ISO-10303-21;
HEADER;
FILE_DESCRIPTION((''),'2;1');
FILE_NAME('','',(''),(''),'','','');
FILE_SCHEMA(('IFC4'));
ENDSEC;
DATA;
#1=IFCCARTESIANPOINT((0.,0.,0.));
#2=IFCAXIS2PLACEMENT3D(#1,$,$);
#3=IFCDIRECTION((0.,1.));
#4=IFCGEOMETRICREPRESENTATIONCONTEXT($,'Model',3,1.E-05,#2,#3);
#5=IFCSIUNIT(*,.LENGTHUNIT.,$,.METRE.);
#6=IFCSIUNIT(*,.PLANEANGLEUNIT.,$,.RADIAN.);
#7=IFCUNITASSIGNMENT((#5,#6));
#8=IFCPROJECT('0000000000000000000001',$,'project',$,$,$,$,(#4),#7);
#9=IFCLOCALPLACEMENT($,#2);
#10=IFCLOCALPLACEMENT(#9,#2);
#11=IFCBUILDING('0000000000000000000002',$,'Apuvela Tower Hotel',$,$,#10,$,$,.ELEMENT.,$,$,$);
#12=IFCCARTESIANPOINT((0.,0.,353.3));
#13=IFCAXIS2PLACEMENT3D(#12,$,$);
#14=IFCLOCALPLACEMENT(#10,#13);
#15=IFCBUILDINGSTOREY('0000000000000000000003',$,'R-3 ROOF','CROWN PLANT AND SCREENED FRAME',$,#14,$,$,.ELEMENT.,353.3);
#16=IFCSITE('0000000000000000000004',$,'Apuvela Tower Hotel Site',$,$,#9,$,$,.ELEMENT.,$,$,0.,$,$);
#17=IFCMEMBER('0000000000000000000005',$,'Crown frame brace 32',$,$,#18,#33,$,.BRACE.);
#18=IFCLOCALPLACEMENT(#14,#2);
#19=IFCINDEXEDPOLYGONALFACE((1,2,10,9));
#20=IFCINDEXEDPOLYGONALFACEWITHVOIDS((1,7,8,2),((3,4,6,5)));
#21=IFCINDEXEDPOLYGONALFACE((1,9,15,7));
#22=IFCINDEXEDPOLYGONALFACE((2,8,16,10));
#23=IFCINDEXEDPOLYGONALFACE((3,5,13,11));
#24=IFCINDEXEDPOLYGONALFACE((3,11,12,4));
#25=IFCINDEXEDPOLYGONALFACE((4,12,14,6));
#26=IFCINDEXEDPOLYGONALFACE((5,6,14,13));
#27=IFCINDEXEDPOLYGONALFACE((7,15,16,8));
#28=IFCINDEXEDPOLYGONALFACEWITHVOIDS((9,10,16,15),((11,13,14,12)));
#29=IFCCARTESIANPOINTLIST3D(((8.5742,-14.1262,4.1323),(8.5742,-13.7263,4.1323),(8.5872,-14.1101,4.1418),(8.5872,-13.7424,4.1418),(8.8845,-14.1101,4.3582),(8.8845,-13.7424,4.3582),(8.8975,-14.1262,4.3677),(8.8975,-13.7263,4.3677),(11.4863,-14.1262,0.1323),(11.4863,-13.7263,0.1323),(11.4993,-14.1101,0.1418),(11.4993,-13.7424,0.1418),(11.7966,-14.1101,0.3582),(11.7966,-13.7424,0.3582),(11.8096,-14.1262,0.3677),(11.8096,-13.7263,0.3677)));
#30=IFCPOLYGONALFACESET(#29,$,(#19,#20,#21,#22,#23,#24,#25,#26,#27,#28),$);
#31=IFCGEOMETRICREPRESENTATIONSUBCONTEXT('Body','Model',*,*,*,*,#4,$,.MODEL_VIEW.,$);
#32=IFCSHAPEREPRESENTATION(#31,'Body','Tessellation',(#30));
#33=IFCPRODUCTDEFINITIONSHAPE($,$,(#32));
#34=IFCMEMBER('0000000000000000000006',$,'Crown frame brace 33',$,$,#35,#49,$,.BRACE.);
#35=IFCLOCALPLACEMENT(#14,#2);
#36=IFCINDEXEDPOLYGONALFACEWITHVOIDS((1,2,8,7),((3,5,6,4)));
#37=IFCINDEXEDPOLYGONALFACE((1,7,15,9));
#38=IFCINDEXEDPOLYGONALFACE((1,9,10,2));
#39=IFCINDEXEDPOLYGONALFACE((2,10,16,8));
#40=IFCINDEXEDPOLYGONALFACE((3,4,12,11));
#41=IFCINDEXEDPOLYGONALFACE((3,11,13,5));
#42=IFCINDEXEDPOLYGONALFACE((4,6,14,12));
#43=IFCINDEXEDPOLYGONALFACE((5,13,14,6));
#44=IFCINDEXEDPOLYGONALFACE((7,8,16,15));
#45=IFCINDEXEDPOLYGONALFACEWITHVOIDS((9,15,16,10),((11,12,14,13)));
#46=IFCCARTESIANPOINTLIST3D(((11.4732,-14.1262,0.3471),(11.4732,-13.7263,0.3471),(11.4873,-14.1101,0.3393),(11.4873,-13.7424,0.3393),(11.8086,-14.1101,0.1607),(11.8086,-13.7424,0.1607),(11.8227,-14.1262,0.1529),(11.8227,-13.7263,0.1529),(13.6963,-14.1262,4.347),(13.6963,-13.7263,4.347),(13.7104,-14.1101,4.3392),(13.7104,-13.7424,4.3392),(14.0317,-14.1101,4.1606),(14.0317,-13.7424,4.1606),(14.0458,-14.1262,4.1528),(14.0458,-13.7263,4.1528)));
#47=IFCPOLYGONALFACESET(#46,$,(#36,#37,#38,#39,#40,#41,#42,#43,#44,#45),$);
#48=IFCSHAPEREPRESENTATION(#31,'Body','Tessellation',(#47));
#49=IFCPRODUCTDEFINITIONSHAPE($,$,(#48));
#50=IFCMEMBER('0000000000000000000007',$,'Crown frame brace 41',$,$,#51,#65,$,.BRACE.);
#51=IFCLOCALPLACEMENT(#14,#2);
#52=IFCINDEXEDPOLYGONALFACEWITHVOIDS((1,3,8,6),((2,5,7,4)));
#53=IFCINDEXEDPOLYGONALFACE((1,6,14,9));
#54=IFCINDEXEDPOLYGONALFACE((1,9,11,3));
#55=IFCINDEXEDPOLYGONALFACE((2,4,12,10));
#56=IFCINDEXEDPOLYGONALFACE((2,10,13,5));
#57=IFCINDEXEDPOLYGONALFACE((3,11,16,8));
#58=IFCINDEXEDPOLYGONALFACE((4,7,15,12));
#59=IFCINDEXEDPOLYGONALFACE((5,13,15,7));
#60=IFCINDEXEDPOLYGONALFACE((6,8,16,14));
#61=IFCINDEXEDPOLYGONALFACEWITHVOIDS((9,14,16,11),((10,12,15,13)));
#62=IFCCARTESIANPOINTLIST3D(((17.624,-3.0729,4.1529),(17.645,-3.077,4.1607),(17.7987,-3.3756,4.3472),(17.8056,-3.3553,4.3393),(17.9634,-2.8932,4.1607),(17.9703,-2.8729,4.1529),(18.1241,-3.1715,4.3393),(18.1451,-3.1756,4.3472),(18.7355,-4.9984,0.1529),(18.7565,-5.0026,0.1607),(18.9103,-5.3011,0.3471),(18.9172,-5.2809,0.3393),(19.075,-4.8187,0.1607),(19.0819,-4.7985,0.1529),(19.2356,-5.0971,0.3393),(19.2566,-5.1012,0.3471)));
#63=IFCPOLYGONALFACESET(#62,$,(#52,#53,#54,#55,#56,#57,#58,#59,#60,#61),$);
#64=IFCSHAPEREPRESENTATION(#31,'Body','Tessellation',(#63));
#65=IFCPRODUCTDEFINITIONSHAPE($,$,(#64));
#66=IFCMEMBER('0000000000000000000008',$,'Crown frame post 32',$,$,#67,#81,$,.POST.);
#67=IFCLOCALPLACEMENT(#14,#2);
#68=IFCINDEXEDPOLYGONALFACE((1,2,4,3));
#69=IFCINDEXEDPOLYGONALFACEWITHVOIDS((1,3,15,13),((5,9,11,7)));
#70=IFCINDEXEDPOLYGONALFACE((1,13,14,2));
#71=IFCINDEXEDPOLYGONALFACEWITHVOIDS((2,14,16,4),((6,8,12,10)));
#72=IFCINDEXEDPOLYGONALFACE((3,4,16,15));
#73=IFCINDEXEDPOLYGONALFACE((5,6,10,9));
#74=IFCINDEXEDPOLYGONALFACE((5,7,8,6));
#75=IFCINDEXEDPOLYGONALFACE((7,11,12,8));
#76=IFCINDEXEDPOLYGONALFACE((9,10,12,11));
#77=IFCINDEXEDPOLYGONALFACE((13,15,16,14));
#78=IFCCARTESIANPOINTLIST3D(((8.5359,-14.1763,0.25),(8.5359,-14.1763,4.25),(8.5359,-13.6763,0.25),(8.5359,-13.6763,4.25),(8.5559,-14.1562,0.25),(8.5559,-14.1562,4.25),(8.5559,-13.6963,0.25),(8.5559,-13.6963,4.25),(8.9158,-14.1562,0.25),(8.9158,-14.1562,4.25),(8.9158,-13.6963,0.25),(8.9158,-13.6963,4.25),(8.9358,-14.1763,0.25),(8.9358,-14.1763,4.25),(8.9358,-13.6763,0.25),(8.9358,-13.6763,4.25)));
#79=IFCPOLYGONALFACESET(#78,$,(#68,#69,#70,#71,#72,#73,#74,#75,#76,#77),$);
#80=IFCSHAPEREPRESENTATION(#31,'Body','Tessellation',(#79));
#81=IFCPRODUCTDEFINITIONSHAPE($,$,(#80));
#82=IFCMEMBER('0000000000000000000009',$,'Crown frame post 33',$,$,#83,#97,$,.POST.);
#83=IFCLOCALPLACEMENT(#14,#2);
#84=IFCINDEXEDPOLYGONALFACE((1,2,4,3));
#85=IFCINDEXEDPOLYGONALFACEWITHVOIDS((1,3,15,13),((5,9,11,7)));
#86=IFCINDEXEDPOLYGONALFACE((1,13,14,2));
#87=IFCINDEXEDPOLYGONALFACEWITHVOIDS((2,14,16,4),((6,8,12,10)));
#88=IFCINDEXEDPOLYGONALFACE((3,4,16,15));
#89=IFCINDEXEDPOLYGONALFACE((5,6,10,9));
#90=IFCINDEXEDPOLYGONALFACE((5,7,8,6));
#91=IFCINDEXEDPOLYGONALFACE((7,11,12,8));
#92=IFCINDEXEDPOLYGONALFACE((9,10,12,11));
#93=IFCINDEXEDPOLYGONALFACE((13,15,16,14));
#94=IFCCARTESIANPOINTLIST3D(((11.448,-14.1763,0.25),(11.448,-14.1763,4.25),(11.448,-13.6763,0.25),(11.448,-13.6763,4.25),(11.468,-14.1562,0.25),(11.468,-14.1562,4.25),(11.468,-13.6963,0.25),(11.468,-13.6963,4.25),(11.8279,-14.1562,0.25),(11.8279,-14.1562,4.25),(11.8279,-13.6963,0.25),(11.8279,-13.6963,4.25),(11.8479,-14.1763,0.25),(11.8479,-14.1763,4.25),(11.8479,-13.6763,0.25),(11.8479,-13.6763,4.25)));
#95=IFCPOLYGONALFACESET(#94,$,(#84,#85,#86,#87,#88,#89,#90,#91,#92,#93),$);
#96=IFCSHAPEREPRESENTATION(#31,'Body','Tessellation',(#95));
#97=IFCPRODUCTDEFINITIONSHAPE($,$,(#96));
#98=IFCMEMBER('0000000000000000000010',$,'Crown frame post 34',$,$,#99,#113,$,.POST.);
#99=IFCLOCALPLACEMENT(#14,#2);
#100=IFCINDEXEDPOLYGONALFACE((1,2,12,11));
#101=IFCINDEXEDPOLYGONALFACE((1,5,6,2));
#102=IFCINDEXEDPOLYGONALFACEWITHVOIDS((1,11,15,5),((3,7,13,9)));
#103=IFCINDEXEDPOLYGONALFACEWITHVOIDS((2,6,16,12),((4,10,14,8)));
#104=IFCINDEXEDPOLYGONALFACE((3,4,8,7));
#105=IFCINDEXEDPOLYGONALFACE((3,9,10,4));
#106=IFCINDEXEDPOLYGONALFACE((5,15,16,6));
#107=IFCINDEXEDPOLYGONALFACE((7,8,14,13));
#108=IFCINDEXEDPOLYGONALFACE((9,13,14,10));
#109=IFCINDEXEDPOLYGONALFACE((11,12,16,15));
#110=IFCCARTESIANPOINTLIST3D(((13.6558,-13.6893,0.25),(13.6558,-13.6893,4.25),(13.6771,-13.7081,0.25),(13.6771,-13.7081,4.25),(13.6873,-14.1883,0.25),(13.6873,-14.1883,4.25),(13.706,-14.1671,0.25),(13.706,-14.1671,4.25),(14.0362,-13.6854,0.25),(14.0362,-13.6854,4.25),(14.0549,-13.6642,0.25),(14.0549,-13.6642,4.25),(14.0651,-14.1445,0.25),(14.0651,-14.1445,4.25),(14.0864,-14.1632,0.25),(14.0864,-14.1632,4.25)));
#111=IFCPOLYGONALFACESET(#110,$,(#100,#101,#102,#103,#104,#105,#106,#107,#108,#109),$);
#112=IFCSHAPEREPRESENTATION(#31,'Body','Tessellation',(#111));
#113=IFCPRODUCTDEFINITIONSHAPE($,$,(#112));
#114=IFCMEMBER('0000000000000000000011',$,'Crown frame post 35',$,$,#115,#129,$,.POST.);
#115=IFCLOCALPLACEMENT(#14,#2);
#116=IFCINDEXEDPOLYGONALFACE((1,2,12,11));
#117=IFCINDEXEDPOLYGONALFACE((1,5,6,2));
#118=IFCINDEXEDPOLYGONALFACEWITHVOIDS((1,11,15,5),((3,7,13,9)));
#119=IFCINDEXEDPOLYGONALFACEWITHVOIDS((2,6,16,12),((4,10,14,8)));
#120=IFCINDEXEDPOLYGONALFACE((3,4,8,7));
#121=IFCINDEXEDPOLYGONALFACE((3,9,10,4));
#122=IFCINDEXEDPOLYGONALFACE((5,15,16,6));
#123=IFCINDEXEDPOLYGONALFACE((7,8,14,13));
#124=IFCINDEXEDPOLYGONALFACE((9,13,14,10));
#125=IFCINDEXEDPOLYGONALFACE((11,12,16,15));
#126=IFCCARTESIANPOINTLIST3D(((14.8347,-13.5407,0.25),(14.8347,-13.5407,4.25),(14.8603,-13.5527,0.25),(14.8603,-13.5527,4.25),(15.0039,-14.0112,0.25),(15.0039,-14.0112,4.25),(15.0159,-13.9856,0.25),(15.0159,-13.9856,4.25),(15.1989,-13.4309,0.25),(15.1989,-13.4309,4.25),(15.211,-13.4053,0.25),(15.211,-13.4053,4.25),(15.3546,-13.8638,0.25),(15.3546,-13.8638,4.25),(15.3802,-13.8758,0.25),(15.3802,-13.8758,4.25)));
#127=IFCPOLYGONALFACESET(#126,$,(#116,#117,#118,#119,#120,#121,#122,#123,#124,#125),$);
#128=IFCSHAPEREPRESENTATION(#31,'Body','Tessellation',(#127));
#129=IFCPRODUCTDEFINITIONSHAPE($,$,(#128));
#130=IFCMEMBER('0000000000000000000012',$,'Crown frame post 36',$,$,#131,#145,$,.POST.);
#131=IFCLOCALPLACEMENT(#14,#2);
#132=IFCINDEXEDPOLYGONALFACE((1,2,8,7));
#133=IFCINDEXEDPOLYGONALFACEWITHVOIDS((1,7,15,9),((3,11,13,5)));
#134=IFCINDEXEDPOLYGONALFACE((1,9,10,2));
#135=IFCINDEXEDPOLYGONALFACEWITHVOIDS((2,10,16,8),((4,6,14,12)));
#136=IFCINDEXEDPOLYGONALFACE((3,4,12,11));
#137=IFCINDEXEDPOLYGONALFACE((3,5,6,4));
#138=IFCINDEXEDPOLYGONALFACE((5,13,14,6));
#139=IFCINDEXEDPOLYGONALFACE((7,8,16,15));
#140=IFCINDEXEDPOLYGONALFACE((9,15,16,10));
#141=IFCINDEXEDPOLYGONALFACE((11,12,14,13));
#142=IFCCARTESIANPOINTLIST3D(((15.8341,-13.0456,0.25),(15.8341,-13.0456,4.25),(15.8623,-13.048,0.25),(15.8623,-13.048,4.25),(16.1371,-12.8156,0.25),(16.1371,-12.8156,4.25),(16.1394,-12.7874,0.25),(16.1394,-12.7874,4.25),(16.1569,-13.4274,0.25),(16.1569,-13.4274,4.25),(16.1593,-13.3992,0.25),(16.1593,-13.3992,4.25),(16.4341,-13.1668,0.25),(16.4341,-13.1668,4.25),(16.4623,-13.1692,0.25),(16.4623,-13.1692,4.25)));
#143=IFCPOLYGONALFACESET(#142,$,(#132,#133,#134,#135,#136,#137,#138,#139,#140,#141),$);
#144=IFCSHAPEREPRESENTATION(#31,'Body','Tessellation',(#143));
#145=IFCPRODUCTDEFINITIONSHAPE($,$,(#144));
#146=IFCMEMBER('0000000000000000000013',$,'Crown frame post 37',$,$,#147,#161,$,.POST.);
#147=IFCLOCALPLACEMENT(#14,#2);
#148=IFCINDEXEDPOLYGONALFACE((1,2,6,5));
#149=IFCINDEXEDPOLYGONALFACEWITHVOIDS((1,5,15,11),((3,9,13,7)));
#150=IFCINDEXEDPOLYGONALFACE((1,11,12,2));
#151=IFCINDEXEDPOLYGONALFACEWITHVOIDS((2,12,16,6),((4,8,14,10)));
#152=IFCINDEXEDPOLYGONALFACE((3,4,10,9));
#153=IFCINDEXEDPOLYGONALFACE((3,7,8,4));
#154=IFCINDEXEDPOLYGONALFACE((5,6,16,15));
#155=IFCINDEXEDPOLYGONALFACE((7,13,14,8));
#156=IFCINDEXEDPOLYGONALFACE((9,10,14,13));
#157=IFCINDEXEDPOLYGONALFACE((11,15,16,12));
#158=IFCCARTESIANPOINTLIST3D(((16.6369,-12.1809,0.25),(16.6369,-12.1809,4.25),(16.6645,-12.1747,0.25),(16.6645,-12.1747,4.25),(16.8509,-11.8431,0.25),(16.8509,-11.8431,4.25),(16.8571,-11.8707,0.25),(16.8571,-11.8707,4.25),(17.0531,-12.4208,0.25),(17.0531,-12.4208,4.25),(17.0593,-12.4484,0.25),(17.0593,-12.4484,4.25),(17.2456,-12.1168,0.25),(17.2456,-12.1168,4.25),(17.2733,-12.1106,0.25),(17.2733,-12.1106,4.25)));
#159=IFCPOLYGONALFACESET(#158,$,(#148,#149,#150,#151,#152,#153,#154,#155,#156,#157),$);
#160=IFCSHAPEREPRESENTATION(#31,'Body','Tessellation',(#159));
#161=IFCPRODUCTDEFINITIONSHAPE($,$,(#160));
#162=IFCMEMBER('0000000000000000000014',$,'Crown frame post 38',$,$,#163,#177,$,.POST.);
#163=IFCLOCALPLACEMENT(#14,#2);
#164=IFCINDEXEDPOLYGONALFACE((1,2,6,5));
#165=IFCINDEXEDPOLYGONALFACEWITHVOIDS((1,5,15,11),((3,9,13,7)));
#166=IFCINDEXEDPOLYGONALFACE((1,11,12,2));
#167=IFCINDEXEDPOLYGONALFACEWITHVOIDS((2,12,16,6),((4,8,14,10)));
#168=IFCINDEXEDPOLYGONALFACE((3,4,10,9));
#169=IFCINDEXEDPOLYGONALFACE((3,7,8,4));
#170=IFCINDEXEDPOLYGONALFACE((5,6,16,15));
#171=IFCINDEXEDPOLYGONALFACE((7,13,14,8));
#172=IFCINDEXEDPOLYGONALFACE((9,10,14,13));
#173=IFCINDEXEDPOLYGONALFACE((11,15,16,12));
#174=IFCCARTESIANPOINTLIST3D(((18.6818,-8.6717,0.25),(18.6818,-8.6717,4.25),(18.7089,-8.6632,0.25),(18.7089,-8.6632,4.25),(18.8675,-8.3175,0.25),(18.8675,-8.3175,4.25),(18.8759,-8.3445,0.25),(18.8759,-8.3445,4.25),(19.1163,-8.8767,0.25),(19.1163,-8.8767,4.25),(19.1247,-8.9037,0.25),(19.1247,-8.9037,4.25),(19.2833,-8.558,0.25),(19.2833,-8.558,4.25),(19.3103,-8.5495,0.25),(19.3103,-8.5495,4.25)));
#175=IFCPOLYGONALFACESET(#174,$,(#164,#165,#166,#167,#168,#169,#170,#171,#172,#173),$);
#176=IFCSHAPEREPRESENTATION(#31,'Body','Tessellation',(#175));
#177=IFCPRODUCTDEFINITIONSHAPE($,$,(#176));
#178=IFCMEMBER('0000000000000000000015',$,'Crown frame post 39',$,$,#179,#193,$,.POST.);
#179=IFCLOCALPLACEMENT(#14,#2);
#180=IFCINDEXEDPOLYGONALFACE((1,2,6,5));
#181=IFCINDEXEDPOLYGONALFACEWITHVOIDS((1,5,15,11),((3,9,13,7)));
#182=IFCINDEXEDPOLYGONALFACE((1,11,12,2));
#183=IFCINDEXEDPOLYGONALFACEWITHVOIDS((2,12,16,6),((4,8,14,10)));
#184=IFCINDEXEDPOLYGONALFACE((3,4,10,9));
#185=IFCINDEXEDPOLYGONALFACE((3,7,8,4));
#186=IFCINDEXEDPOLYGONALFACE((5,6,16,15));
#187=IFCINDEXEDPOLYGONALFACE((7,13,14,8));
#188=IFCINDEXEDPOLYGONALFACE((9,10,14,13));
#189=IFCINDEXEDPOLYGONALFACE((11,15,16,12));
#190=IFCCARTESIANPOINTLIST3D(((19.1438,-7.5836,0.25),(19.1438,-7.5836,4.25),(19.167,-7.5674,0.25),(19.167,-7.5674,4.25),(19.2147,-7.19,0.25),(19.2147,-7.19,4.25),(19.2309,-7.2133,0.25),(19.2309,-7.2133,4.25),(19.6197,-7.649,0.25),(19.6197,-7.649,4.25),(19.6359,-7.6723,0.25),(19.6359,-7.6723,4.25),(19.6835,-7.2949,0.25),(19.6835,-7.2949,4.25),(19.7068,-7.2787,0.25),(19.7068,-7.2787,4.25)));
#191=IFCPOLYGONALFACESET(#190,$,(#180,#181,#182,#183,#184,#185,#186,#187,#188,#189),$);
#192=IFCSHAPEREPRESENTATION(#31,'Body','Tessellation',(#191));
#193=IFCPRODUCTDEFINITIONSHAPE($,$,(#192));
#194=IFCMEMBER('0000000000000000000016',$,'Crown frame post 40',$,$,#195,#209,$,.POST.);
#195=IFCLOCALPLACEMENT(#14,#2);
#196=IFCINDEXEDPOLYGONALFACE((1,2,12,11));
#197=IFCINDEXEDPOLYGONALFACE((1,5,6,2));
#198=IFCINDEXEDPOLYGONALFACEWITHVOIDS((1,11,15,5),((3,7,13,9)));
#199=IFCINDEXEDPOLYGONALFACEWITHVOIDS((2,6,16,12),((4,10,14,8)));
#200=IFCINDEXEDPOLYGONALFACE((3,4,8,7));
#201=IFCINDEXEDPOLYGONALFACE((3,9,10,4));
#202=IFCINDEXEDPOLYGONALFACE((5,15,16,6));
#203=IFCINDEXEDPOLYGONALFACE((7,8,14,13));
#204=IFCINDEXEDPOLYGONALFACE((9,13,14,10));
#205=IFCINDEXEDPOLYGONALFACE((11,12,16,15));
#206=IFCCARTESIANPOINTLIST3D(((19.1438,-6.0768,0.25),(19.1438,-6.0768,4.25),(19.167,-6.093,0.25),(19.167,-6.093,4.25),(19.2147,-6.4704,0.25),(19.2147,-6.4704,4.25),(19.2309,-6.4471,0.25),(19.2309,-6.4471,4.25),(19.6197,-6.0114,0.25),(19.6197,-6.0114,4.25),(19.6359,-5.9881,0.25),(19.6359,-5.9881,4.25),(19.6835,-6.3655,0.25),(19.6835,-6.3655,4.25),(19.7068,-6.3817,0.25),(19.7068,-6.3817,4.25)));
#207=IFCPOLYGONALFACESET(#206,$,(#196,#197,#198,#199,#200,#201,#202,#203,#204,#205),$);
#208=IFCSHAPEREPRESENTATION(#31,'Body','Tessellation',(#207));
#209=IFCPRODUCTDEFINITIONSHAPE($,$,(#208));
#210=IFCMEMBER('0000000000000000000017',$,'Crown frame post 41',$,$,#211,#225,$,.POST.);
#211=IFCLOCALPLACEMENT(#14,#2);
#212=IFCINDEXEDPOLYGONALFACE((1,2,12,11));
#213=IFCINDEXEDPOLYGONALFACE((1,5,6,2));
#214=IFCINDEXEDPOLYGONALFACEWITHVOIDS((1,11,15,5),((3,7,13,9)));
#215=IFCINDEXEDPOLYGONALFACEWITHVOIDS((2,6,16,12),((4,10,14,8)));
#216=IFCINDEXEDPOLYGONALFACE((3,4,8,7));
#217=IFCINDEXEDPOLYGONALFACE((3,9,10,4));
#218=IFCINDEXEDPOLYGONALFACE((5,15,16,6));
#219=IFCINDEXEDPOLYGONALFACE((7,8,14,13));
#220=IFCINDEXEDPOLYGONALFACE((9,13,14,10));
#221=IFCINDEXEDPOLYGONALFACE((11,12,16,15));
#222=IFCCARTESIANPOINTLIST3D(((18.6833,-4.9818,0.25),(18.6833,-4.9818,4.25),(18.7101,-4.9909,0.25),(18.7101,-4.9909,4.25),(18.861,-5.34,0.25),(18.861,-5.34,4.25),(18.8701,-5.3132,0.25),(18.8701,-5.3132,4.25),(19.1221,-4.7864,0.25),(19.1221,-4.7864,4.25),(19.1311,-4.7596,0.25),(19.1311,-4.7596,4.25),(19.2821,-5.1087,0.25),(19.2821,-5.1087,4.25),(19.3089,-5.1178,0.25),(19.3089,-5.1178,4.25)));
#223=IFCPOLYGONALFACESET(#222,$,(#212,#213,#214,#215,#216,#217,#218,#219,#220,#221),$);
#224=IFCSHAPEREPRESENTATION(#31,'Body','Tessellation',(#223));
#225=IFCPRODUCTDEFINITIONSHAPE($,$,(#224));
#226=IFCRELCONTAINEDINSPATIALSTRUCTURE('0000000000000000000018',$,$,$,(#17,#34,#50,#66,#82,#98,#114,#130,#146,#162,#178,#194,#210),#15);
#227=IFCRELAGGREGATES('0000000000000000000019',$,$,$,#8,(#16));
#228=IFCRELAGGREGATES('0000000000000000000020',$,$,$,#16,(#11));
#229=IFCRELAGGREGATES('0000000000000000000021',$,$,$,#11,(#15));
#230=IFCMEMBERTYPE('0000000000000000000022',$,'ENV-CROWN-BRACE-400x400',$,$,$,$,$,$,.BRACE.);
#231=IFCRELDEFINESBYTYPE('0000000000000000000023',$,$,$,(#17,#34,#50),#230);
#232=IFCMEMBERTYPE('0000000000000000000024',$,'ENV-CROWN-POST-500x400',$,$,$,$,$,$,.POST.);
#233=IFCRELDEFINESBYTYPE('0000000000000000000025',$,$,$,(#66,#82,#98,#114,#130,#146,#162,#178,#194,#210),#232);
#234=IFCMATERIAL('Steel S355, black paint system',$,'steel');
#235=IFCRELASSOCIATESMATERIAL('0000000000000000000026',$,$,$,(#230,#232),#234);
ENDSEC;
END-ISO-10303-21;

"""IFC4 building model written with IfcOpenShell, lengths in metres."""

from ifc_helpers import new_model, si_unit, direction, frame, origin, origin_2d, place, context, subcontext, project, spatial, hollow_rectangle, extrude, material, material_profile, profile_set, type_object, element, save


model = new_model("IFC4")

# Units and contexts
model_context = context("Model", 3, precision=1e-05, world=origin(), true_north=direction((0.0, 1.0)))
body_context = subcontext(model_context, "Body", "Model", "MODEL_VIEW")
ifc_project = project(units=[si_unit("LENGTHUNIT", "METRE"), si_unit("PLANEANGLEUNIT", "RADIAN")], contexts=[model_context])

# Site, building, storey
site_placement = place(None, origin())
site = spatial("IfcSite", under=ifc_project, at=site_placement, Name="Apuvela Tower Hotel Site", CompositionType="ELEMENT", RefElevation=0.0)
building_placement = place(site_placement, origin())
building = spatial("IfcBuilding", under=site, at=building_placement, Name="Apuvela Tower Hotel", CompositionType="ELEMENT")
storey_placement = place(building_placement, frame((0.0, 0.0, 353.3)))
storey = spatial("IfcBuildingStorey", under=building, at=storey_placement, Name="R-3 ROOF", Description="CROWN PLANT AND SCREENED FRAME", CompositionType="ELEMENT", Elevation=353.3)

# Members
ifc_material_1 = material(Name="Steel S355, black paint system", Category="steel")
ifc_material_profile_1 = material_profile(ifc_material_1, hollow_rectangle(XDim=0.3999, YDim=0.3999, WallThickness=0.0161, at=origin_2d()), Name="HSS 400x400x16")
ifc_profile_set_1 = profile_set([ifc_material_profile_1], Name="Steel S355, black paint system")
member_type_1 = type_object("IfcMemberType", Name="ENV-CROWN-BRACE-400x400", PredefinedType="BRACE", material=ifc_profile_set_1)
member_1_placement = place(storey_placement, frame((11.6479, -13.9263, 0.25), z_axis=(-0.588571, 0.0, 0.808446), x_axis=(0.0, -1.0, 0.0)))
element("IfcMember", 1, at=member_1_placement, inside=storey, type_object=member_type_1, Name="Crown frame brace 32", PredefinedType="BRACE", context=body_context, shape_type="SweptSolid", body=[
    extrude(hollow_rectangle(XDim=0.3999, YDim=0.3999, WallThickness=0.0161, at=origin_2d()), origin(), (0.0, 0.0, 1.0), 4.9478),
])
member_2_placement = place(storey_placement, frame((11.6479, -13.9263, 0.25), z_axis=(0.485797, 0.0, 0.874072), x_axis=(0.0, 1.0, 0.0)))
element("IfcMember", 2, at=member_2_placement, inside=storey, type_object=member_type_1, Name="Crown frame brace 33", PredefinedType="BRACE", context=body_context, shape_type="SweptSolid", body=[
    extrude(hollow_rectangle(XDim=0.3999, YDim=0.3999, WallThickness=0.0161, at=origin_2d()), origin(), (0.0, 0.0, 1.0), 4.5762),
])
member_3_placement = place(storey_placement, frame((18.9961, -5.0498, 0.25), z_axis=(-0.242893, 0.420755, 0.874053), x_axis=(-0.866052, -0.499954, 0.0)))
element("IfcMember", 3, at=member_3_placement, inside=storey, type_object=member_type_1, Name="Crown frame brace 41", PredefinedType="BRACE", context=body_context, shape_type="SweptSolid", body=[
    extrude(hollow_rectangle(XDim=0.3999, YDim=0.3999, WallThickness=0.0161, at=origin_2d()), origin(), (0.0, 0.0, 1.0), 4.5764),
])
ifc_material_profile_2 = material_profile(ifc_material_1, hollow_rectangle(XDim=0.3999, YDim=0.5, WallThickness=0.02, at=origin_2d()), Name="HSS 500x400x20")
ifc_profile_set_2 = profile_set([ifc_material_profile_2], Name="Steel S355, black paint system")
member_type_2 = type_object("IfcMemberType", Name="ENV-CROWN-POST-500x400", PredefinedType="POST", material=ifc_profile_set_2)
for number, where, z_axis, x_axis, name in (
    (4, (8.7358, -13.9263, 0.25), (0.0, 0.0, 1.0), (1.0, 0.0, 0.0), "Crown frame post 32"),
    (5, (11.6479, -13.9263, 0.25), (0.0, 0.0, 1.0), (1.0, 0.0, 0.0), "Crown frame post 33"),
    (6, (13.8711, -13.9263, 0.25), (0.0, 0.0, 1.0), (0.998021, 0.062881, 0.0), "Crown frame post 34"),
    (7, (15.1074, -13.7083, 0.25), (0.0, 0.0, 1.0), (0.940994, 0.338423, 0.0), "Crown frame post 35"),
    (8, (16.1482, -13.1074, 0.25), (0.0, 0.0, 1.0), (0.76358, 0.645714, 0.0), "Crown frame post 36"),
    (9, (16.9551, -12.1458, 0.25), (0.0, 0.0, 1.0), (0.535046, 0.844823, 0.0), "Crown frame post 37"),
    (10, (18.9961, -8.6106, 0.25), (0.0, 0.0, 1.0), (0.464116, 0.885775, 0.0), "Crown frame post 38"),
    (11, (19.4253, -7.4312, 0.25), (0.0, 0.0, 1.0), (0.177415, 0.984136, 0.0), "Crown frame post 39"),
    (12, (19.4253, -6.2292, 0.25), (0.0, 0.0, 1.0), (-0.177415, 0.984136, 0.0), "Crown frame post 40"),
    (13, (18.9961, -5.0498, 0.25), (0.0, 0.0, 1.0), (-0.444554, 0.895752, 0.0), "Crown frame post 41"),
):
    element("IfcMember", number, at=place(storey_placement, frame(where, z_axis=z_axis, x_axis=x_axis)), inside=storey, type_object=member_type_2, Name=name, PredefinedType="POST", context=body_context, shape_type="SweptSolid", body=[
        extrude(hollow_rectangle(XDim=0.3999, YDim=0.5, WallThickness=0.02, at=origin_2d()), origin(), (0.0, 0.0, 1.0), 4.0),
    ])

save(model, "model.ifc")
